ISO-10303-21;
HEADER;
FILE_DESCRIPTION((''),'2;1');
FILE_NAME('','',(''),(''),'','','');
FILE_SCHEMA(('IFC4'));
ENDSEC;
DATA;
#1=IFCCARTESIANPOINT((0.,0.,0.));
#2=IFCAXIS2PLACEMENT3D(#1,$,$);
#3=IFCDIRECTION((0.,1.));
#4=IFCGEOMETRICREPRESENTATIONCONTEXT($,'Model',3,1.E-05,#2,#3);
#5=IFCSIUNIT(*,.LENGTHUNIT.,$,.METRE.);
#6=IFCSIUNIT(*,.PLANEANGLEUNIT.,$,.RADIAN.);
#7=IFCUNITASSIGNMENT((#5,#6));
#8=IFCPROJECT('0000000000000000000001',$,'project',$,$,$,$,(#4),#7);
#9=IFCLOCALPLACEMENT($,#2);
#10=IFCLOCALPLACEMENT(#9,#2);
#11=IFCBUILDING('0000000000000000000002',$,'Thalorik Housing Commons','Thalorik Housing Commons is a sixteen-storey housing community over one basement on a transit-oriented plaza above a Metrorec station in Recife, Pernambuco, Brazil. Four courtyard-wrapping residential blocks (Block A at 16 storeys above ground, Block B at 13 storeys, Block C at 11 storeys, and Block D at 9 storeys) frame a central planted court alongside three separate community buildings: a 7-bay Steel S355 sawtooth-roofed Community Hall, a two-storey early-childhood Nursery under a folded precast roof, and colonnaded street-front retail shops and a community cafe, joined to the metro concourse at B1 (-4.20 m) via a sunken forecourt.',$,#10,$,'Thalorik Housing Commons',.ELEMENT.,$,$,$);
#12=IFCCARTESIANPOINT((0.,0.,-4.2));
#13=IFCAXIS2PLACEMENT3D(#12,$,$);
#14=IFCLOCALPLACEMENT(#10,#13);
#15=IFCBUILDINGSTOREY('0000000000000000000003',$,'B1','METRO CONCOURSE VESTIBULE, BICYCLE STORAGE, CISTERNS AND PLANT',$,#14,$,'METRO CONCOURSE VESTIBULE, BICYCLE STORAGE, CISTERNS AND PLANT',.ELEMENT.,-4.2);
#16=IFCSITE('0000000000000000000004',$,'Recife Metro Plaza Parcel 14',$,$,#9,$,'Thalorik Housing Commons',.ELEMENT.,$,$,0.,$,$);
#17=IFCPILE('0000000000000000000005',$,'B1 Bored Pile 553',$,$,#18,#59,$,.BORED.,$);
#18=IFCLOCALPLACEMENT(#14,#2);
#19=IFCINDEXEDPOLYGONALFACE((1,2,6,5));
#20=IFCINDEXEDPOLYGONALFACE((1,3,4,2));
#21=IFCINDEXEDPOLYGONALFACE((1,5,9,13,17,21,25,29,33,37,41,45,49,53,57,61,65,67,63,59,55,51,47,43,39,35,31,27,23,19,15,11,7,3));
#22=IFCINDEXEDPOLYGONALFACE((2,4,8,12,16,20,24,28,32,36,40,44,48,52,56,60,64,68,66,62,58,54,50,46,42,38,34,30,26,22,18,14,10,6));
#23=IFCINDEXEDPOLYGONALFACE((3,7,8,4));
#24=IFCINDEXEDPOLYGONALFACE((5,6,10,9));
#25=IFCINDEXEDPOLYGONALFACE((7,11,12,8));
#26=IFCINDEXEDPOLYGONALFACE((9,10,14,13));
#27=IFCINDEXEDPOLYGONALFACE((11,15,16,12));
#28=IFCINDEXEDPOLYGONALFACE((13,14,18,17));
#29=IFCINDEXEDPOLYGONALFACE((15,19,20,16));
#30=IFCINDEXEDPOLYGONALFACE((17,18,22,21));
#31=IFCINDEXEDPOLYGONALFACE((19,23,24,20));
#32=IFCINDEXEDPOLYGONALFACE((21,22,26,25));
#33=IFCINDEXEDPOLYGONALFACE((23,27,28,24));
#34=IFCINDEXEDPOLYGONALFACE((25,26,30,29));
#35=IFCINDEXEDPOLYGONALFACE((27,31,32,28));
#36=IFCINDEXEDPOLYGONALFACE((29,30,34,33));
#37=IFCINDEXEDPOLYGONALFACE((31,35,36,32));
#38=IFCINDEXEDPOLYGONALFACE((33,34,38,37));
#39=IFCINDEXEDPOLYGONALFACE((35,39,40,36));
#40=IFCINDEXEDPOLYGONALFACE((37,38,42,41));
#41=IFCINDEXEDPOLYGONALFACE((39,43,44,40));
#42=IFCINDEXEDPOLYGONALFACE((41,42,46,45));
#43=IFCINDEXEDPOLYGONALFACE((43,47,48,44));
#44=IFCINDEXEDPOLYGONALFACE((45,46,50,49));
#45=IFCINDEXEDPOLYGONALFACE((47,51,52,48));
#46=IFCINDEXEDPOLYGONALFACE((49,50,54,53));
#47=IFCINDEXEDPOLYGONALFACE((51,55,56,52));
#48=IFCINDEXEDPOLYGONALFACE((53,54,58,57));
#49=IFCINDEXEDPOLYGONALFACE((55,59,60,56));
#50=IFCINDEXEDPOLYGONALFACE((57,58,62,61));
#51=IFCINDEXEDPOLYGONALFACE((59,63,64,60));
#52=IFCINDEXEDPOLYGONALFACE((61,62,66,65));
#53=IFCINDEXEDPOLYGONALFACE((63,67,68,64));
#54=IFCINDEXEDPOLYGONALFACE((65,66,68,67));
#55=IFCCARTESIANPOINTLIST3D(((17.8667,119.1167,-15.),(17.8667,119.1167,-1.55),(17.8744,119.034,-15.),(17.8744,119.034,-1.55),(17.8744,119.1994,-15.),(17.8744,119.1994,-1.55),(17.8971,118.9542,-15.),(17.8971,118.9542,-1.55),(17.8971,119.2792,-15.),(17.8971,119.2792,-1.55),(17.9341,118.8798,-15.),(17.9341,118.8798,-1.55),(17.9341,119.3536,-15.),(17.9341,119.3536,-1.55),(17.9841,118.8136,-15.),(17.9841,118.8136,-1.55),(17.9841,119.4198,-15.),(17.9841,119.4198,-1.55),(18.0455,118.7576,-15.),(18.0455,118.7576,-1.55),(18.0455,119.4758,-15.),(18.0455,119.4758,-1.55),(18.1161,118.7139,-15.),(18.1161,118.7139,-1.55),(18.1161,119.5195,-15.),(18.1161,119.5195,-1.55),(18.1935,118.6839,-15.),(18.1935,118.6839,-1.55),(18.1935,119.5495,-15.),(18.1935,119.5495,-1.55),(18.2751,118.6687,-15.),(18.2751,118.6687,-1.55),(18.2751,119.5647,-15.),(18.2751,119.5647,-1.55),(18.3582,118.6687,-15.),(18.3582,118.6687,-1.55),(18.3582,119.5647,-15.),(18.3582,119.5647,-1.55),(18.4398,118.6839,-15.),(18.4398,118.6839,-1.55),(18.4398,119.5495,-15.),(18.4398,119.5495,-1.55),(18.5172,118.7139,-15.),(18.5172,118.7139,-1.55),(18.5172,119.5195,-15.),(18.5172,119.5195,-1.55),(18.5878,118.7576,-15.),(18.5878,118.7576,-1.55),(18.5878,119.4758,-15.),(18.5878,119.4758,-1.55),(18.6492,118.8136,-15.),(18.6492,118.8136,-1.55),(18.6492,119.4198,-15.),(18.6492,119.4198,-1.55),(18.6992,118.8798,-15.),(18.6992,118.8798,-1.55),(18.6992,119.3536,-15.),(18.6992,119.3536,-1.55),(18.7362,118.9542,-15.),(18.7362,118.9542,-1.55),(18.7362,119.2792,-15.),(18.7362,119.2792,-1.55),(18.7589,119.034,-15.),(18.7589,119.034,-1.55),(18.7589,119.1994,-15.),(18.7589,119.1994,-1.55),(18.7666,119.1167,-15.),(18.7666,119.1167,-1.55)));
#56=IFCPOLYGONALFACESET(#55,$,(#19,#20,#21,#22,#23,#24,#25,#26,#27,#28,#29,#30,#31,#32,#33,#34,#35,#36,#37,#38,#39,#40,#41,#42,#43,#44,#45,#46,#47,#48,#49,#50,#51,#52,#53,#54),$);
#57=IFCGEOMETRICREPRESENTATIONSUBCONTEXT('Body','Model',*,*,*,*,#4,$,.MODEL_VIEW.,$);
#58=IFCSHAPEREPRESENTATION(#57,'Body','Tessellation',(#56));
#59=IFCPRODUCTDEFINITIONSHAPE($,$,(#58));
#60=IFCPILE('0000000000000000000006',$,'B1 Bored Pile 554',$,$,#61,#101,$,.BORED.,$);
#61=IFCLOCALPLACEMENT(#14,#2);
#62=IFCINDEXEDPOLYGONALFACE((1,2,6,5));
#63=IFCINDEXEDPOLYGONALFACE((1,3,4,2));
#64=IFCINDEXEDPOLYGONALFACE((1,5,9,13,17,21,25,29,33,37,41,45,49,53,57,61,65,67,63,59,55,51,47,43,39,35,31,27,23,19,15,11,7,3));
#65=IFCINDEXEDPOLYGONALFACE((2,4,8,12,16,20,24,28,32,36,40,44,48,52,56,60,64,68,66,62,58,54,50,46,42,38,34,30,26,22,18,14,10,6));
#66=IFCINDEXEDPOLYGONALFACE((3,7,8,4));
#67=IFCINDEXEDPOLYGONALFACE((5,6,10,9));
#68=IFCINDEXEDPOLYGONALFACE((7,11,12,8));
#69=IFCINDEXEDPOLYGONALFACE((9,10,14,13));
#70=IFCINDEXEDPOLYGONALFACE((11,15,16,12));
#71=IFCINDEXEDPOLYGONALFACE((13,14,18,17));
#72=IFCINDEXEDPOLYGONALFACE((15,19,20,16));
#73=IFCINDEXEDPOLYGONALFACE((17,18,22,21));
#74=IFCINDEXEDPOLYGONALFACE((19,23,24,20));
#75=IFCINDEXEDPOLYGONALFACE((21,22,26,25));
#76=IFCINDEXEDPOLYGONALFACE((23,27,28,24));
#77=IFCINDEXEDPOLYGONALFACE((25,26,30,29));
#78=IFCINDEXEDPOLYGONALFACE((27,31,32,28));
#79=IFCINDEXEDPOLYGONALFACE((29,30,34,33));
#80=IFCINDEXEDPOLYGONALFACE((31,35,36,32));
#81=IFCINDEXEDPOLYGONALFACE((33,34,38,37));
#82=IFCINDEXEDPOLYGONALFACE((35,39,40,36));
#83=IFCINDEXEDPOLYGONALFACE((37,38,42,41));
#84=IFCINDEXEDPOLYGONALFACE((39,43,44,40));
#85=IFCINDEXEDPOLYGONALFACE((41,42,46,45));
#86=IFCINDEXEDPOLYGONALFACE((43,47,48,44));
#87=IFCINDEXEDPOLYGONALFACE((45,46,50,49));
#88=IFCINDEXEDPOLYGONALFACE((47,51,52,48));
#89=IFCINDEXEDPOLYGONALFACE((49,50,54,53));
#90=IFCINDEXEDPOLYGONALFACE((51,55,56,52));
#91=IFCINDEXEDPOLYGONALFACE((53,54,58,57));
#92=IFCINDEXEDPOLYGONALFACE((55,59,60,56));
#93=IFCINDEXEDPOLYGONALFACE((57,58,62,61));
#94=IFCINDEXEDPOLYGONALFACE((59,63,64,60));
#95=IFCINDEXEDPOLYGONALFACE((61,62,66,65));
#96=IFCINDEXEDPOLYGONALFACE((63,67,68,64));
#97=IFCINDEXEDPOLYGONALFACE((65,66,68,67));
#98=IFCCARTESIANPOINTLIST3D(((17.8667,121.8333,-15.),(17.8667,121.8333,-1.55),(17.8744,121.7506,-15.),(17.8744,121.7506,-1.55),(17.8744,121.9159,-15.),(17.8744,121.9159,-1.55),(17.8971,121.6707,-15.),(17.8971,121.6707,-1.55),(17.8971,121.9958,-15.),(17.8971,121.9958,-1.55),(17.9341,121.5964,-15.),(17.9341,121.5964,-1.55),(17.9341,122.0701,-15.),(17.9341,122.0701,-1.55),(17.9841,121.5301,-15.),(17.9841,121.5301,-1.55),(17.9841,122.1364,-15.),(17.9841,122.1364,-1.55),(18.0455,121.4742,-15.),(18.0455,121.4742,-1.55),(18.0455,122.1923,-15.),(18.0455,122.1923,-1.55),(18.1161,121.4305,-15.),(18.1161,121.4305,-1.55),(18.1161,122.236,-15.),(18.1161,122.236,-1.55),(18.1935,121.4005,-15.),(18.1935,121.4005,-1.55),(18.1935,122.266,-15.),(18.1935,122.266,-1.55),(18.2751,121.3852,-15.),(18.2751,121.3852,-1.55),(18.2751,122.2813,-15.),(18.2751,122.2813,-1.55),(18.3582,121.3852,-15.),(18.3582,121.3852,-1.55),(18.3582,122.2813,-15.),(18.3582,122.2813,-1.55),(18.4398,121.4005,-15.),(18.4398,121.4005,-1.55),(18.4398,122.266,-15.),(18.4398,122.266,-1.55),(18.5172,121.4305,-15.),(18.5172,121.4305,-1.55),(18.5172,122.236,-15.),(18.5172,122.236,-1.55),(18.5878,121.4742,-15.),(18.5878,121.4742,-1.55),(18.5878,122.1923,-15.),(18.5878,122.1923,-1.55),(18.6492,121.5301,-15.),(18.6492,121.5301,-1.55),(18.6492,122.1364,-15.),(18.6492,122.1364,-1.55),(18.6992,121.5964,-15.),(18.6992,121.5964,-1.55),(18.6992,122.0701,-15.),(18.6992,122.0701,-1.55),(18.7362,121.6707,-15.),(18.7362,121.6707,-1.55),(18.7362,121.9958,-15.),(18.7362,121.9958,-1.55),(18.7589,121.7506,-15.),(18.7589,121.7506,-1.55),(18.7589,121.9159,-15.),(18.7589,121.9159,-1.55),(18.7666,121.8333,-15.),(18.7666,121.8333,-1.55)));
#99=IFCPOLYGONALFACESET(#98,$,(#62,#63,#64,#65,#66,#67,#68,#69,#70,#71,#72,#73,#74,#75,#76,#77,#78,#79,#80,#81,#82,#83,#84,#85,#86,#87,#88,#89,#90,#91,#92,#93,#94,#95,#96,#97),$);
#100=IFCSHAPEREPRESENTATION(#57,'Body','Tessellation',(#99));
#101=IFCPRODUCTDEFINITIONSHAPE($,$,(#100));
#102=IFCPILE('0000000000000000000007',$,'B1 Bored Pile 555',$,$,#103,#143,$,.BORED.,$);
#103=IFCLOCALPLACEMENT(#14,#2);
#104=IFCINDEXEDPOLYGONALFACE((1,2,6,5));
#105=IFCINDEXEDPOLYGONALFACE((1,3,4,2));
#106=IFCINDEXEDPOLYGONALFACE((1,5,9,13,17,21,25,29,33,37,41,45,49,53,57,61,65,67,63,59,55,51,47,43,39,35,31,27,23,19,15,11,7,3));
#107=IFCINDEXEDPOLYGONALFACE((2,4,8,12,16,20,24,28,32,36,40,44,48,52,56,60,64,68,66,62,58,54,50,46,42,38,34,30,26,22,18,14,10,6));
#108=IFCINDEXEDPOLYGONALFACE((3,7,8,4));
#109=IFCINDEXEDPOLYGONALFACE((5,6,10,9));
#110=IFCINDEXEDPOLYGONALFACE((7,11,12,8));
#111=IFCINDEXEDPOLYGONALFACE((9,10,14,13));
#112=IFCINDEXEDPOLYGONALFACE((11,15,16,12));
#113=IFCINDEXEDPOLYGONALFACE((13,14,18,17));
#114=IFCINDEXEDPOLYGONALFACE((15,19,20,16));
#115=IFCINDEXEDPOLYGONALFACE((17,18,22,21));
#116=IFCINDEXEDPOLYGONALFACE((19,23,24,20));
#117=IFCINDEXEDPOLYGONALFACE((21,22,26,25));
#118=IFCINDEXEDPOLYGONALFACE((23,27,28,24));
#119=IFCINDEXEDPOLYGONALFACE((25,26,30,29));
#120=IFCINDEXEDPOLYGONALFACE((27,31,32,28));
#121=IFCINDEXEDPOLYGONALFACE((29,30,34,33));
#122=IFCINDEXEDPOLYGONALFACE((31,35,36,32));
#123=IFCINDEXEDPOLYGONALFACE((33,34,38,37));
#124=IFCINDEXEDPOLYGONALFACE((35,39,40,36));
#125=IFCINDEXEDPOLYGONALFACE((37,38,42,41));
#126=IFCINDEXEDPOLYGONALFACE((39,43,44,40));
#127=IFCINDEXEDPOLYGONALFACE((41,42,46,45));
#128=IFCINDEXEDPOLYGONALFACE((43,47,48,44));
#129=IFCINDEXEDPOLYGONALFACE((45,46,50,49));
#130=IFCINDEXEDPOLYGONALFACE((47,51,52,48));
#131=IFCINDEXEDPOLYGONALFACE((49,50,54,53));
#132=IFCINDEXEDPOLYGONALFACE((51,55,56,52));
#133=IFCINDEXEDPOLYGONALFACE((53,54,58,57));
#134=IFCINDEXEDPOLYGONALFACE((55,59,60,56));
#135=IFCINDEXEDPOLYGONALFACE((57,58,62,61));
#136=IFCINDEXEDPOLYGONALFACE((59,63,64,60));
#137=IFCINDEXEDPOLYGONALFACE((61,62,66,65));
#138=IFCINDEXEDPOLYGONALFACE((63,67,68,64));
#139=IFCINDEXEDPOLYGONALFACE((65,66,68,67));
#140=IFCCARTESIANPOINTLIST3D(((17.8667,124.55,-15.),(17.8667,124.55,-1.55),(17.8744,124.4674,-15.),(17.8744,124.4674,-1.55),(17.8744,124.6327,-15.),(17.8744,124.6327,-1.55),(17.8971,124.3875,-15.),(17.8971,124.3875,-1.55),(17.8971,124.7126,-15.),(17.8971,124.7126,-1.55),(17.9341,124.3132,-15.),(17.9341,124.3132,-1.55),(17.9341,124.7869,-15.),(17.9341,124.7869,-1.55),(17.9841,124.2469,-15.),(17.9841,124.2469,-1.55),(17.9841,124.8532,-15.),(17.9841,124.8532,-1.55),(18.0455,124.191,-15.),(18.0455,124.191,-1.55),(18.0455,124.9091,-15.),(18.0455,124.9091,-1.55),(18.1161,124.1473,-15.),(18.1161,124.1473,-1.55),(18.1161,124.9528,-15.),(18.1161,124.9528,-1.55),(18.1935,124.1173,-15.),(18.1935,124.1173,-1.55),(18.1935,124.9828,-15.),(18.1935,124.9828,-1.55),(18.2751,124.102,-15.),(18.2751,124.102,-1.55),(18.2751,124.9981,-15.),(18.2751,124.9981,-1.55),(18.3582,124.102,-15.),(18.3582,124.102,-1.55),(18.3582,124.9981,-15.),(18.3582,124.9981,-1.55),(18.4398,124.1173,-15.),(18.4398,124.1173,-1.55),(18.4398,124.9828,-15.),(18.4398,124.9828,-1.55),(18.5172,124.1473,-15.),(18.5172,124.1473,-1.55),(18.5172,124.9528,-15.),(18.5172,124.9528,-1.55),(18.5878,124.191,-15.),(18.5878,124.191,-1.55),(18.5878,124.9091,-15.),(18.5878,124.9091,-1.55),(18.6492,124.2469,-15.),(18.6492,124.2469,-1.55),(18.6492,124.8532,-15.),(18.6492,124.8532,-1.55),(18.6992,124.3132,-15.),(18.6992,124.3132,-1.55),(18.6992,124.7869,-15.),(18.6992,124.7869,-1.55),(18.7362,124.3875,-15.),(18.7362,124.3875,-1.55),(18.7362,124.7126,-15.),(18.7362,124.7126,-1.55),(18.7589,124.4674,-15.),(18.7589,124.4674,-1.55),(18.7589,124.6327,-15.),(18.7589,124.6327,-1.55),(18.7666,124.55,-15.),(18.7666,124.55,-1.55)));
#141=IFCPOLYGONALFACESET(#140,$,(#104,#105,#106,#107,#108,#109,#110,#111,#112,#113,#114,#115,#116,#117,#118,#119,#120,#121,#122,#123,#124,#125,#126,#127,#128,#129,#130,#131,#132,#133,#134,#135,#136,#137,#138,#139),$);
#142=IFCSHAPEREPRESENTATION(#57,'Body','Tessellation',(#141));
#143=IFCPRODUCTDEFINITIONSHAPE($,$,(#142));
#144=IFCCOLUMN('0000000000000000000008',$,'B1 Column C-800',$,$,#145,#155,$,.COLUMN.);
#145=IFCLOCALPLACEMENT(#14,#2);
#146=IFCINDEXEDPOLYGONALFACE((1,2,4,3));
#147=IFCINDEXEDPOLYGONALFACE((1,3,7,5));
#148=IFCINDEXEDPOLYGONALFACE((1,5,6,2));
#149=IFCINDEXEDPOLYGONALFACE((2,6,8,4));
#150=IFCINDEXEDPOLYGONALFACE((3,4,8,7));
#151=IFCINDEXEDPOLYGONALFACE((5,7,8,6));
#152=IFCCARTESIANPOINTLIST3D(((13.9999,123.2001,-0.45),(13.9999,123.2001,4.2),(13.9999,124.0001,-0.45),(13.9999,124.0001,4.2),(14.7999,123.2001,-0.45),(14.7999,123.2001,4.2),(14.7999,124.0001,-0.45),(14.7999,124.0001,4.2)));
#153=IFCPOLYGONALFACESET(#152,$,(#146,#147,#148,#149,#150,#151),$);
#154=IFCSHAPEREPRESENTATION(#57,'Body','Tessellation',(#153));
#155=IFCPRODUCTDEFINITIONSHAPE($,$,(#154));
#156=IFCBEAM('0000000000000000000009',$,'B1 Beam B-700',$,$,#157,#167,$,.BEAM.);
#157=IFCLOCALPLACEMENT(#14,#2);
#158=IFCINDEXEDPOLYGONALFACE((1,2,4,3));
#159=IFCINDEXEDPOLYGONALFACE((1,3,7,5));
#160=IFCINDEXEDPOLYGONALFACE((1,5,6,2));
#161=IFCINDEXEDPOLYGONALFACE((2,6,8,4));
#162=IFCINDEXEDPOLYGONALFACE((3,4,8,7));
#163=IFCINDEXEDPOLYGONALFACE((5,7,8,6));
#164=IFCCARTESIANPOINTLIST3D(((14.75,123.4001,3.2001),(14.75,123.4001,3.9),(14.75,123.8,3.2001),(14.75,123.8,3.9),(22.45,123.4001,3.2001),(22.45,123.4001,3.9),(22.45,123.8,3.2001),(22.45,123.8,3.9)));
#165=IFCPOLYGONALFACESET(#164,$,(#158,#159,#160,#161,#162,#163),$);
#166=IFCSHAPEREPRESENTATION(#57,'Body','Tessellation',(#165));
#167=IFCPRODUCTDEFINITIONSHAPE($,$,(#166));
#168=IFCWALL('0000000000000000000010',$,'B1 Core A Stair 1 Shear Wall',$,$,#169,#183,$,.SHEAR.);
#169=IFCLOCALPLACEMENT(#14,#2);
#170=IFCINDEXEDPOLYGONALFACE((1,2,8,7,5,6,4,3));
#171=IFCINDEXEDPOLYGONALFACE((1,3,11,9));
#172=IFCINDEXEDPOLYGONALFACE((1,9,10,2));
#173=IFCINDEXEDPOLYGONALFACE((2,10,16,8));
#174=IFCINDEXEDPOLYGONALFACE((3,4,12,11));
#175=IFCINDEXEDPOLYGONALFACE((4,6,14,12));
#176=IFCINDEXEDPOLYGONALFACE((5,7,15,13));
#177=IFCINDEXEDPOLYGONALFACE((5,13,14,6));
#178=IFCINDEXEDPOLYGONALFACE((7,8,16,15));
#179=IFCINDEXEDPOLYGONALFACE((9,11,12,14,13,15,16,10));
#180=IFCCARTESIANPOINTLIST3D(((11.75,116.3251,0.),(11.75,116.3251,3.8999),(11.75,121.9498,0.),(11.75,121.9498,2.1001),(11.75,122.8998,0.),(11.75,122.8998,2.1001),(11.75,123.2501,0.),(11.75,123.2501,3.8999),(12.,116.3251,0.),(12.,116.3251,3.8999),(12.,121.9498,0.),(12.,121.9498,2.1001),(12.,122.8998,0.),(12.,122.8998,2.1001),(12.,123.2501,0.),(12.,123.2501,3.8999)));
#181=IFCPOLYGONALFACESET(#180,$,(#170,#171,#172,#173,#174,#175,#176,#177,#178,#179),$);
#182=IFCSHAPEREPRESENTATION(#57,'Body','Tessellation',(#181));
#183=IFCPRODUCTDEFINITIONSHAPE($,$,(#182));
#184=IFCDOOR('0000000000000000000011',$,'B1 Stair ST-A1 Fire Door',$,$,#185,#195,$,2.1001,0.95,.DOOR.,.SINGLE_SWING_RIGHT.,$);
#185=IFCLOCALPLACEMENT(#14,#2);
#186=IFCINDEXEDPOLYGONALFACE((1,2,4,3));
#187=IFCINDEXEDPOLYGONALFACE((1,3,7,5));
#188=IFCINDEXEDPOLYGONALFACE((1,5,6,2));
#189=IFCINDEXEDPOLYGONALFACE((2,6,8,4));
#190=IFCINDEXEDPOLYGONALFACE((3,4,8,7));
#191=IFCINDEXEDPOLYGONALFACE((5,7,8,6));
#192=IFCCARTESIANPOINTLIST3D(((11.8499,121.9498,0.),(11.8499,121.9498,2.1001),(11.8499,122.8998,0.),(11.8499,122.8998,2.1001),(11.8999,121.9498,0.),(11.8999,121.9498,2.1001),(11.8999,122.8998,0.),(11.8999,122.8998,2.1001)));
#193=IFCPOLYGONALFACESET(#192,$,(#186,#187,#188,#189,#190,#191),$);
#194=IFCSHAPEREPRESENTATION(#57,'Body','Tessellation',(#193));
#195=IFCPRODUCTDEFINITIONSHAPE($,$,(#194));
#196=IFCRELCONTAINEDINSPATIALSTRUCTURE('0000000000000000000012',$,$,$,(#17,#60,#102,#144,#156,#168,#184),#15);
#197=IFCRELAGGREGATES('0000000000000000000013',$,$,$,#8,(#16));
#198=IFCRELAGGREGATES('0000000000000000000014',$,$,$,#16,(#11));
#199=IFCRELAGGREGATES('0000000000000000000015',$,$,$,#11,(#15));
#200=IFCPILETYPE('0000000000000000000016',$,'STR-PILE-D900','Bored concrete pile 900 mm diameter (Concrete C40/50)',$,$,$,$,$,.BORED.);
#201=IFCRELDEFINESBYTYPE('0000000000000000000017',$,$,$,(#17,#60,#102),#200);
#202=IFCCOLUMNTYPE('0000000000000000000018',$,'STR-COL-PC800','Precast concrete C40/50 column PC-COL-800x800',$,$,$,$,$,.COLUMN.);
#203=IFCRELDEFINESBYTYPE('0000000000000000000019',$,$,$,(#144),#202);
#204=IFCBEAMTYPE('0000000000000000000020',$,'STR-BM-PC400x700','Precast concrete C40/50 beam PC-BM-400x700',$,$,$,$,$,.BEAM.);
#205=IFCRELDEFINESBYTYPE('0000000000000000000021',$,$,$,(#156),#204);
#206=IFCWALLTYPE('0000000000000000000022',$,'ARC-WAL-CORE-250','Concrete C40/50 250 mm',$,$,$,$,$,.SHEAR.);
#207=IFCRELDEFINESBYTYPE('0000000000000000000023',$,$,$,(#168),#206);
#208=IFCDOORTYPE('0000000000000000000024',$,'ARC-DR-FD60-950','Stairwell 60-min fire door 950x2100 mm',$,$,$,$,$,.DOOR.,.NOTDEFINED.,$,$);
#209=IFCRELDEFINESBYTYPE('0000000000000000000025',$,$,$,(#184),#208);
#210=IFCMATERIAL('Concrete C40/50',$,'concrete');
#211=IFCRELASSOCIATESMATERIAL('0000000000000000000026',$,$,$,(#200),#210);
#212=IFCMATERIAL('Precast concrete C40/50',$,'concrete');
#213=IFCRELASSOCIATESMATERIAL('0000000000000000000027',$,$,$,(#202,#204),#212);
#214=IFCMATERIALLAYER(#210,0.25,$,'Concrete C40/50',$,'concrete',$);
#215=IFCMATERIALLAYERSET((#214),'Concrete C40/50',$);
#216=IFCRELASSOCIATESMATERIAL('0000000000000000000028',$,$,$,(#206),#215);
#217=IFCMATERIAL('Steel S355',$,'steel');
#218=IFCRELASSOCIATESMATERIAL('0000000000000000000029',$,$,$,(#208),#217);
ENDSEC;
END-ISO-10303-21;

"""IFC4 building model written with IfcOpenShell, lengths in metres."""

from ifc_helpers import new_model, si_unit, direction, frame, frame_2d, origin, origin_2d, place, context, subcontext, project, spatial, rectangle, circle, extrude, material, layer, layer_set, material_profile, profile_set, type_object, element, fill, save


model = new_model("IFC4")

# Units and contexts
model_context = context("Model", 3, precision=1e-05, world=origin(), true_north=direction((0.0, 1.0)))
body_context = subcontext(model_context, "Body", "Model", "MODEL_VIEW")
ifc_project = project(units=[si_unit("LENGTHUNIT", "METRE"), si_unit("PLANEANGLEUNIT", "RADIAN")], contexts=[model_context])

# Site, building, storey
site_placement = place(None, origin())
site = spatial("IfcSite", under=ifc_project, at=site_placement, Name="Recife Metro Plaza Parcel 14", LongName="Thalorik Housing Commons", CompositionType="ELEMENT", RefElevation=0.0)
building_placement = place(site_placement, origin())
building = spatial("IfcBuilding", under=site, at=building_placement, Name="Thalorik Housing Commons", Description="Thalorik Housing Commons is a sixteen-storey housing community over one basement on a transit-oriented plaza above a Metrorec station in Recife, Pernambuco, Brazil. Four courtyard-wrapping residential blocks (Block A at 16 storeys above ground, Block B at 13 storeys, Block C at 11 storeys, and Block D at 9 storeys) frame a central planted court alongside three separate community buildings: a 7-bay Steel S355 sawtooth-roofed Community Hall, a two-storey early-childhood Nursery under a folded precast roof, and colonnaded street-front retail shops and a community cafe, joined to the metro concourse at B1 (-4.20 m) via a sunken forecourt.", LongName="Thalorik Housing Commons", CompositionType="ELEMENT")
storey_placement = place(building_placement, frame((0.0, 0.0, -4.2)))
storey = spatial("IfcBuildingStorey", under=building, at=storey_placement, Name="B1", Description="METRO CONCOURSE VESTIBULE, BICYCLE STORAGE, CISTERNS AND PLANT", LongName="METRO CONCOURSE VESTIBULE, BICYCLE STORAGE, CISTERNS AND PLANT", CompositionType="ELEMENT", Elevation=-4.2)

# Shared definitions
ifc_material_1 = material(Name="Concrete C40/50", Category="concrete")

# Piles
ifc_material_profile_1 = material_profile(ifc_material_1, circle(Radius=0.45, at=origin_2d()), Name="BORED PILE D900", Category="concrete")
ifc_profile_set_1 = profile_set([ifc_material_profile_1], Name="Concrete C40/50")
pile_type = type_object("IfcPileType", Name="STR-PILE-D900", Description="Bored concrete pile 900 mm diameter (Concrete C40/50)", PredefinedType="BORED", material=ifc_profile_set_1)
for number, where, z_axis, x_axis, name in (
    (1, (18.3167, 119.1167, -1.55), (0.0, 0.0, -1.0), (1.0, 0.0, 0.0), "B1 Bored Pile 553"),
    (2, (18.3167, 121.8333, -1.55), (0.0, 0.0, -1.0), (1.0, 0.0, 0.0), "B1 Bored Pile 554"),
    (3, (18.3167, 124.55, -1.55), (0.0, 0.0, -1.0), (1.0, 0.0, 0.0), "B1 Bored Pile 555"),
):
    element("IfcPile", number, at=place(storey_placement, frame(where, z_axis=z_axis, x_axis=x_axis)), inside=storey, type_object=pile_type, Name=name, PredefinedType="BORED", context=body_context, shape_type="SweptSolid", body=[
        extrude(circle(Radius=0.45, at=origin_2d()), origin(), (0.0, 0.0, 1.0), 13.45),
    ])

# Column
ifc_material_2 = material(Name="Precast concrete C40/50", Category="concrete")
ifc_material_profile_2 = material_profile(ifc_material_2, rectangle(XDim=0.8, YDim=0.8, at=origin_2d()), Name="PC 800x800", Category="concrete")
ifc_profile_set_2 = profile_set([ifc_material_profile_2], Name="Precast concrete C40/50")
column_type = type_object("IfcColumnType", Name="STR-COL-PC800", Description="Precast concrete C40/50 column PC-COL-800x800", PredefinedType="COLUMN", material=ifc_profile_set_2)
column_placement = place(storey_placement, frame((14.3999, 123.6001, -0.45), z_axis=(0.0, 0.0, 1.0), x_axis=(1.0, 0.0, 0.0)))
element("IfcColumn", 4, at=column_placement, inside=storey, type_object=column_type, Name="B1 Column C-800", PredefinedType="COLUMN", context=body_context, shape_type="SweptSolid", body=[
    extrude(rectangle(XDim=0.8, YDim=0.8, at=origin_2d()), origin(), (0.0, 0.0, 1.0), 4.6499),
])

# Beam
ifc_material_profile_3 = material_profile(ifc_material_2, rectangle(XDim=0.3999, YDim=0.7, at=origin_2d()), Name="PC 400x700", Category="concrete")
ifc_profile_set_3 = profile_set([ifc_material_profile_3], Name="Precast concrete C40/50")
beam_type = type_object("IfcBeamType", Name="STR-BM-PC400x700", Description="Precast concrete C40/50 beam PC-BM-400x700", PredefinedType="BEAM", material=ifc_profile_set_3)
beam_placement = place(storey_placement, frame((14.75, 123.6001, 3.55), z_axis=(1.0, 0.0, 0.0), x_axis=(0.0, 1.0, 0.0)))
element("IfcBeam", 5, at=beam_placement, inside=storey, type_object=beam_type, Name="B1 Beam B-700", PredefinedType="BEAM", context=body_context, shape_type="SweptSolid", body=[
    extrude(rectangle(XDim=0.3999, YDim=0.7, at=origin_2d()), origin(), (0.0, 0.0, 1.0), 7.7),
])

# Wall, opening, door
ifc_layer_1 = layer(ifc_material_1, 0.25, Name="Concrete C40/50", Category="concrete")
ifc_layer_set_1 = layer_set([ifc_layer_1], Name="Concrete C40/50")
wall_type_1 = type_object("IfcWallType", Name="ARC-WAL-CORE-250", Description="Concrete C40/50 250 mm", PredefinedType="SHEAR", material=ifc_layer_set_1)
wall_1_placement = place(storey_placement, frame((11.875, 123.25, 0.0), z_axis=(0.0, 0.0, 1.0), x_axis=(0.0, -1.0, 0.0)))
wall_1 = element("IfcWall", 6, at=wall_1_placement, inside=storey, type_object=wall_type_1, Name="B1 Core A Stair 1 Shear Wall", PredefinedType="SHEAR", context=body_context, shape_type="SweptSolid", body=[
    extrude(rectangle(XDim=6.925, YDim=0.25, at=frame_2d((3.4624, 0.0))), origin(), (0.0, 0.0, 1.0), 3.8999),
])
opening_1_placement = place(wall_1_placement, frame((0.3501, 0.0, 0.0)))
opening_1 = element("IfcOpeningElement", 7, at=opening_1_placement, cuts=wall_1, PredefinedType="OPENING", context=body_context, shape_type="SweptSolid", body=[
    extrude(rectangle(XDim=0.95, YDim=2.1001, at=frame_2d((0.4751, 1.05))), frame((0.0, 0.135, 0.0), z_axis=(0.0, -1.0, 0.0), x_axis=(1.0, 0.0, 0.0)), (0.0, 0.0, 1.0), 0.27),
])
ifc_material_3 = material(Name="Steel S355", Category="steel")
door_type_1 = type_object("IfcDoorType", Name="ARC-DR-FD60-950", Description="Stairwell 60-min fire door 950x2100 mm", OperationType="NOTDEFINED", PredefinedType="DOOR", material=ifc_material_3)
door_1_placement = place(opening_1_placement, origin())
door_1 = element("IfcDoor", 8, at=door_1_placement, inside=storey, type_object=door_type_1, Name="B1 Stair ST-A1 Fire Door", OperationType="SINGLE_SWING_RIGHT", OverallHeight=2.1001, OverallWidth=0.95, PredefinedType="DOOR", context=body_context, shape_type="SweptSolid", body=[
    extrude(rectangle(XDim=0.95, YDim=2.1001, at=frame_2d((0.4751, 1.05))), frame((0.0, 0.0249, 0.0), z_axis=(0.0, -1.0, 0.0), x_axis=(1.0, 0.0, 0.0)), (0.0, 0.0, 1.0), 0.05),
])
fill(opening_1, door_1)

save(model, "model.ifc")
